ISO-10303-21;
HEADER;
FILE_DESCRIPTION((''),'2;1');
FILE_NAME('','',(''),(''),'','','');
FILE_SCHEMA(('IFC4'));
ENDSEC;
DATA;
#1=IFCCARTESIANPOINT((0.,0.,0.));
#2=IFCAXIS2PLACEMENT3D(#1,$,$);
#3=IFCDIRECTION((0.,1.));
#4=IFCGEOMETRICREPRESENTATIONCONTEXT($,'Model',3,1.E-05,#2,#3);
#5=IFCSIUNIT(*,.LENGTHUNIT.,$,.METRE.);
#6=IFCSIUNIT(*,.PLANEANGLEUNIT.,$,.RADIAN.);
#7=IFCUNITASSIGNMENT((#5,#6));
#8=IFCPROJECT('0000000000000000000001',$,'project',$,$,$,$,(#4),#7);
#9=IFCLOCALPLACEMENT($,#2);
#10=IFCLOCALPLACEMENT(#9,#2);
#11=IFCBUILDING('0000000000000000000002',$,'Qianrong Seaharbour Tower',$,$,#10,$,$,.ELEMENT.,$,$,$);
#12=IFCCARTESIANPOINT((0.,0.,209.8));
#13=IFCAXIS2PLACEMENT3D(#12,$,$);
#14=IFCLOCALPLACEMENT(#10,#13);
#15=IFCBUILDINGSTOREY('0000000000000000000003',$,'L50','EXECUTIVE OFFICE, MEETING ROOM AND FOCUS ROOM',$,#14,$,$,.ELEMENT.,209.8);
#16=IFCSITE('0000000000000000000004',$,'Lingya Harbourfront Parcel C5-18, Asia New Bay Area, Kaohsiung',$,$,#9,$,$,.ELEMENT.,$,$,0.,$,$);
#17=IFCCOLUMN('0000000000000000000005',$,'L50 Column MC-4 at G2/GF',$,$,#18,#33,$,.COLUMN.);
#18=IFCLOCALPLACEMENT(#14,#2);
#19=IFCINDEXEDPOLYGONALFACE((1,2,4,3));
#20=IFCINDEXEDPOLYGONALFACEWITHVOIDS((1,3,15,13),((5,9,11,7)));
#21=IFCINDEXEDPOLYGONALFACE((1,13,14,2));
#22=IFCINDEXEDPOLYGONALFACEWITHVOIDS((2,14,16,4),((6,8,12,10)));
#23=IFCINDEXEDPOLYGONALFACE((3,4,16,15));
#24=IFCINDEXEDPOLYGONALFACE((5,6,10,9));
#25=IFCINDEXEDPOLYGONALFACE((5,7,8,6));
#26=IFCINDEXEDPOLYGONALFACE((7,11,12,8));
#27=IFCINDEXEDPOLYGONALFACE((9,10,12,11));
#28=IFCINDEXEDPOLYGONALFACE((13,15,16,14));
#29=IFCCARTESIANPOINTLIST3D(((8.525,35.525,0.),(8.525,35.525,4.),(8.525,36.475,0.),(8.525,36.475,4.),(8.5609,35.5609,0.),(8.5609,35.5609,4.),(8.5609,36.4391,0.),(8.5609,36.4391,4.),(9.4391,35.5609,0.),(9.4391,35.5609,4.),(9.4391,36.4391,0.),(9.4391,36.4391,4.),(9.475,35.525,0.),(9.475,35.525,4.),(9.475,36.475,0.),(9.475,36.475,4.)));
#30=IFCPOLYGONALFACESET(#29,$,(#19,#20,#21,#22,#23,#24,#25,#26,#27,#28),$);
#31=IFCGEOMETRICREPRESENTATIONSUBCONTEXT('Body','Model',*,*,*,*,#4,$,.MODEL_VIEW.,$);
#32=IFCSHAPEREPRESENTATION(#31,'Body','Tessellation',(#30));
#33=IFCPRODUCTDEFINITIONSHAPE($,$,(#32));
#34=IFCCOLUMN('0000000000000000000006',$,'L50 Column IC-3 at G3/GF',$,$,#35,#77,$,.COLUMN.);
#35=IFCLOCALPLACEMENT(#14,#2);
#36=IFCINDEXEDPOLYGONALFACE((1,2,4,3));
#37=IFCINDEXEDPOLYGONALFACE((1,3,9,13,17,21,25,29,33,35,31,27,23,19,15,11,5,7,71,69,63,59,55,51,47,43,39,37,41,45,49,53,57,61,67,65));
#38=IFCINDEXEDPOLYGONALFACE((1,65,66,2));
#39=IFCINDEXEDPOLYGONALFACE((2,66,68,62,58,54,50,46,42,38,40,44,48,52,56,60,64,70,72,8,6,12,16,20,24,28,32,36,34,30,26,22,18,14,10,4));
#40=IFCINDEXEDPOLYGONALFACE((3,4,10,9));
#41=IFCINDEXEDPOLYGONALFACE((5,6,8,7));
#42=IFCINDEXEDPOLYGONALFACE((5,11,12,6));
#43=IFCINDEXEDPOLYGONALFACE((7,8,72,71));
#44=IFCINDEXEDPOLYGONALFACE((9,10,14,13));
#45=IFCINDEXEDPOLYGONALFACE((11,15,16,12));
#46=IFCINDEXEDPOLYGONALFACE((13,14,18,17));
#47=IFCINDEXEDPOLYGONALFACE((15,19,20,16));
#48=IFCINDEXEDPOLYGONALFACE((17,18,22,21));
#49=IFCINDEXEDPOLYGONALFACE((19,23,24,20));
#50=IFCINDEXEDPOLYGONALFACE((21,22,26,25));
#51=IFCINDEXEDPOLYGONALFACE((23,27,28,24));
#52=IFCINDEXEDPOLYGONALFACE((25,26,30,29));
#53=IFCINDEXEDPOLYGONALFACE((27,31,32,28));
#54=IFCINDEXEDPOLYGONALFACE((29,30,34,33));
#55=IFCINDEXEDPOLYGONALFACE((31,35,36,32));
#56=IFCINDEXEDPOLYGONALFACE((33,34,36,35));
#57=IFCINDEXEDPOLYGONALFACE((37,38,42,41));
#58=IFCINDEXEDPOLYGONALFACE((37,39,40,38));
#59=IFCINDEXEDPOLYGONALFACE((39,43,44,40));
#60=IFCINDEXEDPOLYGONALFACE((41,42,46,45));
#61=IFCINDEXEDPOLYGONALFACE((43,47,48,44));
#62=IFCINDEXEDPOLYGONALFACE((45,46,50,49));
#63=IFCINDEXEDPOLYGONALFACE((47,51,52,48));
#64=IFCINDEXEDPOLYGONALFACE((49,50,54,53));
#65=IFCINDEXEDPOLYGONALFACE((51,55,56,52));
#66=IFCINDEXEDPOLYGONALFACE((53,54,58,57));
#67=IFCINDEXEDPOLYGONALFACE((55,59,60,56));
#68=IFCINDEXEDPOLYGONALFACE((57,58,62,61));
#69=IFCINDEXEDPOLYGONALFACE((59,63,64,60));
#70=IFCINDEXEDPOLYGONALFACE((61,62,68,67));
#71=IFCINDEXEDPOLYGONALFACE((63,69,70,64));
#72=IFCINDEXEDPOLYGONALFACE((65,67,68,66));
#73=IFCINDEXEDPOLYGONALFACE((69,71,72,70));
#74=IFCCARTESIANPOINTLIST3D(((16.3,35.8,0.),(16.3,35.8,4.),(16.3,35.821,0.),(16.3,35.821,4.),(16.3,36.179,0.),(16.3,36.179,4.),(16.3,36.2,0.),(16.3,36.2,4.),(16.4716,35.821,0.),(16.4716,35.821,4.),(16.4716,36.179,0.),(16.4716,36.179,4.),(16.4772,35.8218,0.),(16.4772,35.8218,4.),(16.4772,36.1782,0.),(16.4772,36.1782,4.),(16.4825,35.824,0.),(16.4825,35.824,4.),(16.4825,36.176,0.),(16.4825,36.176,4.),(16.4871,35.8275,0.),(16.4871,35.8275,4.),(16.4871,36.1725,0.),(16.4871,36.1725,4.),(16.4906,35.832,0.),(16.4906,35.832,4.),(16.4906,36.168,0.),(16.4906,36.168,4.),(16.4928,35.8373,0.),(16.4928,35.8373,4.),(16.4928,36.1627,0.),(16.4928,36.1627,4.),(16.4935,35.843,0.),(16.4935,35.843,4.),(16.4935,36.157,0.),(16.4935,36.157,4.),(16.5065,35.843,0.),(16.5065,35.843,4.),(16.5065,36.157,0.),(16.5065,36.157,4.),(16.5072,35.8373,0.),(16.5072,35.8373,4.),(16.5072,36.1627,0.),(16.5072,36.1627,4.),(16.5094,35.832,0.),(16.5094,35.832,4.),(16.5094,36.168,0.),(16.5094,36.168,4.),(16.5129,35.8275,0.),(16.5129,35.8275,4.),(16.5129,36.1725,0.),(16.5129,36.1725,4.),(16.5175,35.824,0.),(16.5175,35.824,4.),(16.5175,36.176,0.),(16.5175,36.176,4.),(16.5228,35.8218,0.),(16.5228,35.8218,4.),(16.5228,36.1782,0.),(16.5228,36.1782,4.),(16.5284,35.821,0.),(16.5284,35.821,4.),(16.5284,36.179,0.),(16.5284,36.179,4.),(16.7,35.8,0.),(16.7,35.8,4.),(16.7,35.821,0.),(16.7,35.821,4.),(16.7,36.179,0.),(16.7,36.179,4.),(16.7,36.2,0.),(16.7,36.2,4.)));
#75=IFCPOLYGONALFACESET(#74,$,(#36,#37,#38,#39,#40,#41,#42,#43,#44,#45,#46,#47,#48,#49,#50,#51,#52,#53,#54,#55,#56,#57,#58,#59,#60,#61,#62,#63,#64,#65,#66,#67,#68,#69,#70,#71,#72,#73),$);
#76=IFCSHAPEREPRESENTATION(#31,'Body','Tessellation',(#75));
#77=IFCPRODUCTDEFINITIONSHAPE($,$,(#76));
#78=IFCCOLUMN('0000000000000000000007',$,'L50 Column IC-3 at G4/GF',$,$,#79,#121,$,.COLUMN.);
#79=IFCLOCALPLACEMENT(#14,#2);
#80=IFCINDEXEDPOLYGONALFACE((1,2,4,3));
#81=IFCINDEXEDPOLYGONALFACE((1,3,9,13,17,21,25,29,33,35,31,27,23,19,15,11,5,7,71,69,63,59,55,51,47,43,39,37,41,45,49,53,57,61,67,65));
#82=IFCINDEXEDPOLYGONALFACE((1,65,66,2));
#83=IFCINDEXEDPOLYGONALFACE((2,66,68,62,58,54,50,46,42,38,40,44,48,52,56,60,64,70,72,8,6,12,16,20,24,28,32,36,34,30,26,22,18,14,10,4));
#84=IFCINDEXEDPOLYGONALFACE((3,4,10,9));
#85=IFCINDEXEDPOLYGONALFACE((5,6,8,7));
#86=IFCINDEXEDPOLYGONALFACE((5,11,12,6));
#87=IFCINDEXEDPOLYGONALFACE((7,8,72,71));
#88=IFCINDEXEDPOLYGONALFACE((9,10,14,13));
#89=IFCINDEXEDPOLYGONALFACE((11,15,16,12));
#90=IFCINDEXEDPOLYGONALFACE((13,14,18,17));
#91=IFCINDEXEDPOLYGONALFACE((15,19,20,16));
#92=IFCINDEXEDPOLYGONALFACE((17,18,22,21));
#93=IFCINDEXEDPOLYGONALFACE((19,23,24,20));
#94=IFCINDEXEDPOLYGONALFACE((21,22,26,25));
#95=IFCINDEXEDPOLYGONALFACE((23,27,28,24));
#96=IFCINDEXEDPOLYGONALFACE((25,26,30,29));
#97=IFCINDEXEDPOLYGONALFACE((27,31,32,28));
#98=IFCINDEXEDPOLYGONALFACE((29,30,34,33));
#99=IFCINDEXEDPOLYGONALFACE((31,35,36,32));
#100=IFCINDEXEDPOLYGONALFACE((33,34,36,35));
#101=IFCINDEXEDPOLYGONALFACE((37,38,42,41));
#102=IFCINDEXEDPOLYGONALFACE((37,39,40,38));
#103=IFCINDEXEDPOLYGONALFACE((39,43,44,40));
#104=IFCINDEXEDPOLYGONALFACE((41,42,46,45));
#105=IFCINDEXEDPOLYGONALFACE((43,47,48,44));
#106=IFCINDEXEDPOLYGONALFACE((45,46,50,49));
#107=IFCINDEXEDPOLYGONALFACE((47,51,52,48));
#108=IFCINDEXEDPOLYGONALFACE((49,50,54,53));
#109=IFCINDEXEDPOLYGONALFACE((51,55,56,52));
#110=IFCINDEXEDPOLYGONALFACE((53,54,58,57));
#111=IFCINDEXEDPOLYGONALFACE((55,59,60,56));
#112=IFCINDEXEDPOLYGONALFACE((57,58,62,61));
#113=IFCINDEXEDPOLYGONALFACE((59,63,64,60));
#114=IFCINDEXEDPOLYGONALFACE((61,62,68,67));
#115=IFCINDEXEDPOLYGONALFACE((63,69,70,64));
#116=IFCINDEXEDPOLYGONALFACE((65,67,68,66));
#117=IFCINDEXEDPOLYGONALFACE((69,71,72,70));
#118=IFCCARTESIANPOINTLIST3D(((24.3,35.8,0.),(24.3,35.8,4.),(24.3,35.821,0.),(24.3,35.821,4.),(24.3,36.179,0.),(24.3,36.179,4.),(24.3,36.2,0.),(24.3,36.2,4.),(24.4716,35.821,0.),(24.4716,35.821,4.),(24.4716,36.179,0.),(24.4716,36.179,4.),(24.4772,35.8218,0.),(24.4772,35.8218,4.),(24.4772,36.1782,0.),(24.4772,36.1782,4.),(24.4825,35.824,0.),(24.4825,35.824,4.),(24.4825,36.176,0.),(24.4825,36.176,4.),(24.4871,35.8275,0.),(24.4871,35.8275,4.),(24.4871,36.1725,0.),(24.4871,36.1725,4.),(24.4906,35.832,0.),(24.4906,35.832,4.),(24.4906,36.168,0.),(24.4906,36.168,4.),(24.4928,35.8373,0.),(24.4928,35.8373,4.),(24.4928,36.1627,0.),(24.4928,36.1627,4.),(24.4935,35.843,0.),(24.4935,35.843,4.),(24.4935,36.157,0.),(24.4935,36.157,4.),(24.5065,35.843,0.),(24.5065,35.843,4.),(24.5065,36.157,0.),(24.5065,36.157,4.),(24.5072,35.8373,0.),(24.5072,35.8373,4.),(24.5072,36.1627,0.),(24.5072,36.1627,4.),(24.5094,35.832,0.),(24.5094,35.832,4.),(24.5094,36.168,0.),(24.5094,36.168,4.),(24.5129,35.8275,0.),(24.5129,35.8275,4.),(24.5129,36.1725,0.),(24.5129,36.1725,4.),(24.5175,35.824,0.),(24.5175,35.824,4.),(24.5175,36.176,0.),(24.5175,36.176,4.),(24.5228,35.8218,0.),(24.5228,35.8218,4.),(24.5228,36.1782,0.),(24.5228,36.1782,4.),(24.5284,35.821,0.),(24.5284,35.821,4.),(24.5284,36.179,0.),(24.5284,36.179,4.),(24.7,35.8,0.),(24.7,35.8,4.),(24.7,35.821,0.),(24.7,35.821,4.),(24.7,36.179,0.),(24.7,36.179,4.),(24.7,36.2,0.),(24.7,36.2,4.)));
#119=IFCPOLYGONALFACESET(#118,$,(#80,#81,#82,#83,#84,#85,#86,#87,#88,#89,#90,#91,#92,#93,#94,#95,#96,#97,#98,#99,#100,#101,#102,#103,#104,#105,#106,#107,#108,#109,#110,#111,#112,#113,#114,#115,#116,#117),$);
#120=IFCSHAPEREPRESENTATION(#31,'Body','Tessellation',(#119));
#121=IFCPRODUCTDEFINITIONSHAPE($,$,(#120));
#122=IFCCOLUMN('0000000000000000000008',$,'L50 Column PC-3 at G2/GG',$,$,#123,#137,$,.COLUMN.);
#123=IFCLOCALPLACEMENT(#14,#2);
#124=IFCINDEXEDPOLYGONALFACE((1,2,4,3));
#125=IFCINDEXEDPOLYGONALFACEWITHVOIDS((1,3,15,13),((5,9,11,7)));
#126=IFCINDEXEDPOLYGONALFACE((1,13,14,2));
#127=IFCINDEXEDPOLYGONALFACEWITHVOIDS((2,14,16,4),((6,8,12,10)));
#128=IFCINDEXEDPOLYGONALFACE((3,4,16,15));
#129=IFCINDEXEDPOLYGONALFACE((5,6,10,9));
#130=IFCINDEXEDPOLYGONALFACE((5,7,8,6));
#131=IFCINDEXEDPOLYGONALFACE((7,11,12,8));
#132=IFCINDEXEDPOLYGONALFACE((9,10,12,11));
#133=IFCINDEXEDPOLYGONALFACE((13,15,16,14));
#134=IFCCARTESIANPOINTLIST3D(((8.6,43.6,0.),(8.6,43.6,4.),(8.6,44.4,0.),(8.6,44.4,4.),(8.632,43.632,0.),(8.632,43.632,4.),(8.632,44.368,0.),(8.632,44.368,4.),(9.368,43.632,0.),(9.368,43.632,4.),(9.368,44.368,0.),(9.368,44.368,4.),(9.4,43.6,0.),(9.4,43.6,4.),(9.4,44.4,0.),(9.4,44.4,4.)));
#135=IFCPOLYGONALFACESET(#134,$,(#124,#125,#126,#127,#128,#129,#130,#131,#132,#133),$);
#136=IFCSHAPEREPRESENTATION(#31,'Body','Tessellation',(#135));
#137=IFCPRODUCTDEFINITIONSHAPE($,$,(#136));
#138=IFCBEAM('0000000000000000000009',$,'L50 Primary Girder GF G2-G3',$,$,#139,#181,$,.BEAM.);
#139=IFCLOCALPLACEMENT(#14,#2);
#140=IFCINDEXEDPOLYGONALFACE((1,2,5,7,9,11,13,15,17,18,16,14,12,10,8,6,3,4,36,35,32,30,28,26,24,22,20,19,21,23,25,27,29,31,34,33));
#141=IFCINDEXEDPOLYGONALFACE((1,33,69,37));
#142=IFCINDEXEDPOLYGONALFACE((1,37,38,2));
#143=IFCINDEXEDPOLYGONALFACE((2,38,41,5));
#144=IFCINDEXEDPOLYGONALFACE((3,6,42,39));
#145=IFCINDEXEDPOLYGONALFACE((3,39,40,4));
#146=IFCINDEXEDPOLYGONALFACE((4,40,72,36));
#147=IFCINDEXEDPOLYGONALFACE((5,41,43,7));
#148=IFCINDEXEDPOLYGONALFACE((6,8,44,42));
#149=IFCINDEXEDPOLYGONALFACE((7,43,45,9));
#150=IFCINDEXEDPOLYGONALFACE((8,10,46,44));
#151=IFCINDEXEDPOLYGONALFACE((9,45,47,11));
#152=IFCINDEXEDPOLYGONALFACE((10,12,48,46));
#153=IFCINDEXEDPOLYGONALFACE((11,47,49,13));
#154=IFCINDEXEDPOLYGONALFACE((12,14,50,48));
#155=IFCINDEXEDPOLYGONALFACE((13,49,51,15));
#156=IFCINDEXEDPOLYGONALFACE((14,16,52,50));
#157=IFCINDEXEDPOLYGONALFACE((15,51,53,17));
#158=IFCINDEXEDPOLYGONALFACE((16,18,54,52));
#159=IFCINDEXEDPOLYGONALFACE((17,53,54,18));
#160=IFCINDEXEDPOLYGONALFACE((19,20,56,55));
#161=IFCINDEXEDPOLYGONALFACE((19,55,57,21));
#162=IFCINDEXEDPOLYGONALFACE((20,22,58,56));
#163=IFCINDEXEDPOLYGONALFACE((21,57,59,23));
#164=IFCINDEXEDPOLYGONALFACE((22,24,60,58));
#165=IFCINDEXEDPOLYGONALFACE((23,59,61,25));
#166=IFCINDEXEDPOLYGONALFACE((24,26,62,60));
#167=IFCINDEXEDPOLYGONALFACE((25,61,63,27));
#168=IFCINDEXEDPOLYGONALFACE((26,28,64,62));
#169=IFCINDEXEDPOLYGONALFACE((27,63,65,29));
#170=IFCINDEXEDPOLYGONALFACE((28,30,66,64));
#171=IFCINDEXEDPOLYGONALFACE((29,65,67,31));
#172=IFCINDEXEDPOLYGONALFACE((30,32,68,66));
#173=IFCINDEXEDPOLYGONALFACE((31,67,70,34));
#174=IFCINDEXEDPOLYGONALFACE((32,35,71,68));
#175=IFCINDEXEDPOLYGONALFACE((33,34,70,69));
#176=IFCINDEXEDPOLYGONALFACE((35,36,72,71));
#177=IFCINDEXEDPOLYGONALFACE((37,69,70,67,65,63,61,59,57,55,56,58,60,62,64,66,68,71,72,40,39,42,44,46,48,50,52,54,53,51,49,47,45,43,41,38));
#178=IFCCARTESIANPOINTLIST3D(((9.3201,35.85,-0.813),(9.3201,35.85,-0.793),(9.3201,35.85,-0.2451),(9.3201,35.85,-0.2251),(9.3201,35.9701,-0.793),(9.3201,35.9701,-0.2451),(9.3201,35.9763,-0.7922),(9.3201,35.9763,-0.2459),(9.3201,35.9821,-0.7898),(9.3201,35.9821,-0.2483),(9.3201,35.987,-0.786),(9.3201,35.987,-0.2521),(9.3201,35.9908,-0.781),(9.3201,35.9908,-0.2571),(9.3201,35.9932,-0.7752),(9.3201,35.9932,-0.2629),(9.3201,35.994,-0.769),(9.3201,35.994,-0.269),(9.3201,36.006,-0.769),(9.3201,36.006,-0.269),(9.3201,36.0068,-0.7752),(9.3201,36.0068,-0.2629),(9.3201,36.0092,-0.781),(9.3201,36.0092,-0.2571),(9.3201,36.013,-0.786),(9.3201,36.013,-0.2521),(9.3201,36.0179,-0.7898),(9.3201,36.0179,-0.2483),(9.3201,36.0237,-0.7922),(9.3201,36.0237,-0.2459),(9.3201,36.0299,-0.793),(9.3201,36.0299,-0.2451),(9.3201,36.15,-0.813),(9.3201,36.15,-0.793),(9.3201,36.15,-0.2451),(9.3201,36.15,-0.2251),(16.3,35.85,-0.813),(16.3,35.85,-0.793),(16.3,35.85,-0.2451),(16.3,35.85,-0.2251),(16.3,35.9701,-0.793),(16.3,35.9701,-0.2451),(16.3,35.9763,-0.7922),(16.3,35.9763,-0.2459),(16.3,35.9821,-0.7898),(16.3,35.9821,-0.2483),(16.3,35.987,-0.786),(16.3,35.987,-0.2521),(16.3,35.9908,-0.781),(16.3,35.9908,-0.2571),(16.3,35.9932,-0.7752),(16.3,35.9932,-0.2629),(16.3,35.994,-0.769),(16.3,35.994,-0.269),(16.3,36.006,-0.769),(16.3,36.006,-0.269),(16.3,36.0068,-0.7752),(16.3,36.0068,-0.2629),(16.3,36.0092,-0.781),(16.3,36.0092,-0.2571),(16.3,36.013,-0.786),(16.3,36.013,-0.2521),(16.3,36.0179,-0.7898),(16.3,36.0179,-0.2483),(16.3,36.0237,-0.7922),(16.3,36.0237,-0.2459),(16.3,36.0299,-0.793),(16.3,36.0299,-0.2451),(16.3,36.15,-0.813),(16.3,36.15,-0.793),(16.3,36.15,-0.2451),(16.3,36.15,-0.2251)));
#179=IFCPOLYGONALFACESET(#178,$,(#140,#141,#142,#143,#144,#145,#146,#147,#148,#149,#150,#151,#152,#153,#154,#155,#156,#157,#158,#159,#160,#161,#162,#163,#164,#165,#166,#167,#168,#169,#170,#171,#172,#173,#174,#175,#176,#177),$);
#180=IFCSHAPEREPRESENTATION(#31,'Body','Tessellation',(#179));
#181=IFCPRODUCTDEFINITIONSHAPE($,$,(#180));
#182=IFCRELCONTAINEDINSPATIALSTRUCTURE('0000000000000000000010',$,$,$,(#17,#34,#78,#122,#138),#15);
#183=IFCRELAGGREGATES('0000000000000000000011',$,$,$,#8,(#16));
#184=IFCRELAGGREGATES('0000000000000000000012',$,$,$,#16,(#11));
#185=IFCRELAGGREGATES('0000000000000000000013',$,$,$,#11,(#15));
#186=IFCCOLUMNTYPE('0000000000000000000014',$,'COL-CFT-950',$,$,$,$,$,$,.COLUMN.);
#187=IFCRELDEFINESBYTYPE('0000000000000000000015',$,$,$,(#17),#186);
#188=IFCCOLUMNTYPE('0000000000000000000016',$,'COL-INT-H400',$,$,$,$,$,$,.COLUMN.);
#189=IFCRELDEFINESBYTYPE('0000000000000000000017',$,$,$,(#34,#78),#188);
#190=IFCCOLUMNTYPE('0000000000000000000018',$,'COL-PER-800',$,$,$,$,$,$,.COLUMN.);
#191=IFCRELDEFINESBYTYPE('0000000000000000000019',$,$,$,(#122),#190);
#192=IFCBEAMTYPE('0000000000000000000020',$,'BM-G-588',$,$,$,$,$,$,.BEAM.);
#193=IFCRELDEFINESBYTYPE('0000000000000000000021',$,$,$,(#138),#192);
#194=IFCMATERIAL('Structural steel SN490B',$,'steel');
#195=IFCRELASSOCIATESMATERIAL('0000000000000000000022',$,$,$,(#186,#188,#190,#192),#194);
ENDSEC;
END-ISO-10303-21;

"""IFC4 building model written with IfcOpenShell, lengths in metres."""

from ifc_helpers import new_model, si_unit, direction, frame, origin, origin_2d, place, context, subcontext, project, spatial, hollow_rectangle, i_section, extrude, material, material_profile, profile_set, type_object, element, save


model = new_model("IFC4")

# Units and contexts
model_context = context("Model", 3, precision=1e-05, world=origin(), true_north=direction((0.0, 1.0)))
body_context = subcontext(model_context, "Body", "Model", "MODEL_VIEW")
ifc_project = project(units=[si_unit("LENGTHUNIT", "METRE"), si_unit("PLANEANGLEUNIT", "RADIAN")], contexts=[model_context])

# Site, building, storey
site_placement = place(None, origin())
site = spatial("IfcSite", under=ifc_project, at=site_placement, Name="Lingya Harbourfront Parcel C5-18, Asia New Bay Area, Kaohsiung", CompositionType="ELEMENT", RefElevation=0.0)
building_placement = place(site_placement, origin())
building = spatial("IfcBuilding", under=site, at=building_placement, Name="Qianrong Seaharbour Tower", CompositionType="ELEMENT")
storey_placement = place(building_placement, frame((0.0, 0.0, 209.8)))
storey = spatial("IfcBuildingStorey", under=building, at=storey_placement, Name="L50", Description="EXECUTIVE OFFICE, MEETING ROOM AND FOCUS ROOM", CompositionType="ELEMENT", Elevation=209.8)

# Columns
ifc_material_1 = material(Name="Structural steel SN490B", Category="steel")
ifc_material_profile_1 = material_profile(ifc_material_1, hollow_rectangle(XDim=0.95, YDim=0.95, WallThickness=0.0359, at=origin_2d()), Name="BOX950x950x36")
ifc_profile_set_1 = profile_set([ifc_material_profile_1], Name="Structural steel SN490B")
column_type_1 = type_object("IfcColumnType", Name="COL-CFT-950", PredefinedType="COLUMN", material=ifc_profile_set_1)
column_1_placement = place(storey_placement, frame((9.0, 36.0, 0.0), z_axis=(0.0, 0.0, 1.0), x_axis=(1.0, 0.0, 0.0)))
element("IfcColumn", 1, at=column_1_placement, inside=storey, type_object=column_type_1, Name="L50 Column MC-4 at G2/GF", PredefinedType="COLUMN", context=body_context, shape_type="SweptSolid", body=[
    extrude(hollow_rectangle(XDim=0.95, YDim=0.95, WallThickness=0.0359, at=origin_2d()), origin(), (0.0, 0.0, 1.0), 4.0),
])
ifc_material_profile_2 = material_profile(ifc_material_1, i_section(OverallWidth=0.3999, OverallDepth=0.3999, WebThickness=0.0129, FlangeThickness=0.021, FilletRadius=0.022, at=origin_2d()), Name="H400x400x13x21")
ifc_profile_set_2 = profile_set([ifc_material_profile_2], Name="Structural steel SN490B")
column_type_2 = type_object("IfcColumnType", Name="COL-INT-H400", PredefinedType="COLUMN", material=ifc_profile_set_2)
for number, where, z_axis, x_axis, name in (
    (2, (16.5, 36.0, 0.0), (0.0, 0.0, 1.0), (1.0, 0.0, 0.0), "L50 Column IC-3 at G3/GF"),
    (3, (24.5, 36.0, 0.0), (0.0, 0.0, 1.0), (1.0, 0.0, 0.0), "L50 Column IC-3 at G4/GF"),
):
    element("IfcColumn", number, at=place(storey_placement, frame(where, z_axis=z_axis, x_axis=x_axis)), inside=storey, type_object=column_type_2, Name=name, PredefinedType="COLUMN", context=body_context, shape_type="SweptSolid", body=[
        extrude(i_section(OverallWidth=0.3999, OverallDepth=0.3999, WebThickness=0.0129, FlangeThickness=0.021, FilletRadius=0.022, at=origin_2d()), origin(), (0.0, 0.0, 1.0), 4.0),
    ])
ifc_material_profile_3 = material_profile(ifc_material_1, hollow_rectangle(XDim=0.8, YDim=0.8, WallThickness=0.032, at=origin_2d()), Name="BOX800x800x32")
ifc_profile_set_3 = profile_set([ifc_material_profile_3], Name="Structural steel SN490B")
column_type_3 = type_object("IfcColumnType", Name="COL-PER-800", PredefinedType="COLUMN", material=ifc_profile_set_3)
column_2_placement = place(storey_placement, frame((9.0, 44.0, 0.0), z_axis=(0.0, 0.0, 1.0), x_axis=(1.0, 0.0, 0.0)))
element("IfcColumn", 4, at=column_2_placement, inside=storey, type_object=column_type_3, Name="L50 Column PC-3 at G2/GG", PredefinedType="COLUMN", context=body_context, shape_type="SweptSolid", body=[
    extrude(hollow_rectangle(XDim=0.8, YDim=0.8, WallThickness=0.032, at=origin_2d()), origin(), (0.0, 0.0, 1.0), 4.0),
])

# Beam
ifc_material_profile_4 = material_profile(ifc_material_1, i_section(OverallWidth=0.3, OverallDepth=0.5879, WebThickness=0.012, FlangeThickness=0.02, FilletRadius=0.0239, at=origin_2d()), Name="H588x300x12x20")
ifc_profile_set_4 = profile_set([ifc_material_profile_4], Name="Structural steel SN490B")
beam_type_1 = type_object("IfcBeamType", Name="BM-G-588", PredefinedType="BEAM", material=ifc_profile_set_4)
beam_1_placement = place(storey_placement, frame((9.3201, 36.0, -0.519), z_axis=(1.0, 0.0, 0.0), x_axis=(0.0, 1.0, 0.0)))
element("IfcBeam", 5, at=beam_1_placement, inside=storey, type_object=beam_type_1, Name="L50 Primary Girder GF G2-G3", PredefinedType="BEAM", context=body_context, shape_type="SweptSolid", body=[
    extrude(i_section(OverallWidth=0.3, OverallDepth=0.5879, WebThickness=0.012, FlangeThickness=0.02, FilletRadius=0.0239, at=origin_2d()), origin(), (0.0, 0.0, 1.0), 6.98),
])

save(model, "model.ifc")
